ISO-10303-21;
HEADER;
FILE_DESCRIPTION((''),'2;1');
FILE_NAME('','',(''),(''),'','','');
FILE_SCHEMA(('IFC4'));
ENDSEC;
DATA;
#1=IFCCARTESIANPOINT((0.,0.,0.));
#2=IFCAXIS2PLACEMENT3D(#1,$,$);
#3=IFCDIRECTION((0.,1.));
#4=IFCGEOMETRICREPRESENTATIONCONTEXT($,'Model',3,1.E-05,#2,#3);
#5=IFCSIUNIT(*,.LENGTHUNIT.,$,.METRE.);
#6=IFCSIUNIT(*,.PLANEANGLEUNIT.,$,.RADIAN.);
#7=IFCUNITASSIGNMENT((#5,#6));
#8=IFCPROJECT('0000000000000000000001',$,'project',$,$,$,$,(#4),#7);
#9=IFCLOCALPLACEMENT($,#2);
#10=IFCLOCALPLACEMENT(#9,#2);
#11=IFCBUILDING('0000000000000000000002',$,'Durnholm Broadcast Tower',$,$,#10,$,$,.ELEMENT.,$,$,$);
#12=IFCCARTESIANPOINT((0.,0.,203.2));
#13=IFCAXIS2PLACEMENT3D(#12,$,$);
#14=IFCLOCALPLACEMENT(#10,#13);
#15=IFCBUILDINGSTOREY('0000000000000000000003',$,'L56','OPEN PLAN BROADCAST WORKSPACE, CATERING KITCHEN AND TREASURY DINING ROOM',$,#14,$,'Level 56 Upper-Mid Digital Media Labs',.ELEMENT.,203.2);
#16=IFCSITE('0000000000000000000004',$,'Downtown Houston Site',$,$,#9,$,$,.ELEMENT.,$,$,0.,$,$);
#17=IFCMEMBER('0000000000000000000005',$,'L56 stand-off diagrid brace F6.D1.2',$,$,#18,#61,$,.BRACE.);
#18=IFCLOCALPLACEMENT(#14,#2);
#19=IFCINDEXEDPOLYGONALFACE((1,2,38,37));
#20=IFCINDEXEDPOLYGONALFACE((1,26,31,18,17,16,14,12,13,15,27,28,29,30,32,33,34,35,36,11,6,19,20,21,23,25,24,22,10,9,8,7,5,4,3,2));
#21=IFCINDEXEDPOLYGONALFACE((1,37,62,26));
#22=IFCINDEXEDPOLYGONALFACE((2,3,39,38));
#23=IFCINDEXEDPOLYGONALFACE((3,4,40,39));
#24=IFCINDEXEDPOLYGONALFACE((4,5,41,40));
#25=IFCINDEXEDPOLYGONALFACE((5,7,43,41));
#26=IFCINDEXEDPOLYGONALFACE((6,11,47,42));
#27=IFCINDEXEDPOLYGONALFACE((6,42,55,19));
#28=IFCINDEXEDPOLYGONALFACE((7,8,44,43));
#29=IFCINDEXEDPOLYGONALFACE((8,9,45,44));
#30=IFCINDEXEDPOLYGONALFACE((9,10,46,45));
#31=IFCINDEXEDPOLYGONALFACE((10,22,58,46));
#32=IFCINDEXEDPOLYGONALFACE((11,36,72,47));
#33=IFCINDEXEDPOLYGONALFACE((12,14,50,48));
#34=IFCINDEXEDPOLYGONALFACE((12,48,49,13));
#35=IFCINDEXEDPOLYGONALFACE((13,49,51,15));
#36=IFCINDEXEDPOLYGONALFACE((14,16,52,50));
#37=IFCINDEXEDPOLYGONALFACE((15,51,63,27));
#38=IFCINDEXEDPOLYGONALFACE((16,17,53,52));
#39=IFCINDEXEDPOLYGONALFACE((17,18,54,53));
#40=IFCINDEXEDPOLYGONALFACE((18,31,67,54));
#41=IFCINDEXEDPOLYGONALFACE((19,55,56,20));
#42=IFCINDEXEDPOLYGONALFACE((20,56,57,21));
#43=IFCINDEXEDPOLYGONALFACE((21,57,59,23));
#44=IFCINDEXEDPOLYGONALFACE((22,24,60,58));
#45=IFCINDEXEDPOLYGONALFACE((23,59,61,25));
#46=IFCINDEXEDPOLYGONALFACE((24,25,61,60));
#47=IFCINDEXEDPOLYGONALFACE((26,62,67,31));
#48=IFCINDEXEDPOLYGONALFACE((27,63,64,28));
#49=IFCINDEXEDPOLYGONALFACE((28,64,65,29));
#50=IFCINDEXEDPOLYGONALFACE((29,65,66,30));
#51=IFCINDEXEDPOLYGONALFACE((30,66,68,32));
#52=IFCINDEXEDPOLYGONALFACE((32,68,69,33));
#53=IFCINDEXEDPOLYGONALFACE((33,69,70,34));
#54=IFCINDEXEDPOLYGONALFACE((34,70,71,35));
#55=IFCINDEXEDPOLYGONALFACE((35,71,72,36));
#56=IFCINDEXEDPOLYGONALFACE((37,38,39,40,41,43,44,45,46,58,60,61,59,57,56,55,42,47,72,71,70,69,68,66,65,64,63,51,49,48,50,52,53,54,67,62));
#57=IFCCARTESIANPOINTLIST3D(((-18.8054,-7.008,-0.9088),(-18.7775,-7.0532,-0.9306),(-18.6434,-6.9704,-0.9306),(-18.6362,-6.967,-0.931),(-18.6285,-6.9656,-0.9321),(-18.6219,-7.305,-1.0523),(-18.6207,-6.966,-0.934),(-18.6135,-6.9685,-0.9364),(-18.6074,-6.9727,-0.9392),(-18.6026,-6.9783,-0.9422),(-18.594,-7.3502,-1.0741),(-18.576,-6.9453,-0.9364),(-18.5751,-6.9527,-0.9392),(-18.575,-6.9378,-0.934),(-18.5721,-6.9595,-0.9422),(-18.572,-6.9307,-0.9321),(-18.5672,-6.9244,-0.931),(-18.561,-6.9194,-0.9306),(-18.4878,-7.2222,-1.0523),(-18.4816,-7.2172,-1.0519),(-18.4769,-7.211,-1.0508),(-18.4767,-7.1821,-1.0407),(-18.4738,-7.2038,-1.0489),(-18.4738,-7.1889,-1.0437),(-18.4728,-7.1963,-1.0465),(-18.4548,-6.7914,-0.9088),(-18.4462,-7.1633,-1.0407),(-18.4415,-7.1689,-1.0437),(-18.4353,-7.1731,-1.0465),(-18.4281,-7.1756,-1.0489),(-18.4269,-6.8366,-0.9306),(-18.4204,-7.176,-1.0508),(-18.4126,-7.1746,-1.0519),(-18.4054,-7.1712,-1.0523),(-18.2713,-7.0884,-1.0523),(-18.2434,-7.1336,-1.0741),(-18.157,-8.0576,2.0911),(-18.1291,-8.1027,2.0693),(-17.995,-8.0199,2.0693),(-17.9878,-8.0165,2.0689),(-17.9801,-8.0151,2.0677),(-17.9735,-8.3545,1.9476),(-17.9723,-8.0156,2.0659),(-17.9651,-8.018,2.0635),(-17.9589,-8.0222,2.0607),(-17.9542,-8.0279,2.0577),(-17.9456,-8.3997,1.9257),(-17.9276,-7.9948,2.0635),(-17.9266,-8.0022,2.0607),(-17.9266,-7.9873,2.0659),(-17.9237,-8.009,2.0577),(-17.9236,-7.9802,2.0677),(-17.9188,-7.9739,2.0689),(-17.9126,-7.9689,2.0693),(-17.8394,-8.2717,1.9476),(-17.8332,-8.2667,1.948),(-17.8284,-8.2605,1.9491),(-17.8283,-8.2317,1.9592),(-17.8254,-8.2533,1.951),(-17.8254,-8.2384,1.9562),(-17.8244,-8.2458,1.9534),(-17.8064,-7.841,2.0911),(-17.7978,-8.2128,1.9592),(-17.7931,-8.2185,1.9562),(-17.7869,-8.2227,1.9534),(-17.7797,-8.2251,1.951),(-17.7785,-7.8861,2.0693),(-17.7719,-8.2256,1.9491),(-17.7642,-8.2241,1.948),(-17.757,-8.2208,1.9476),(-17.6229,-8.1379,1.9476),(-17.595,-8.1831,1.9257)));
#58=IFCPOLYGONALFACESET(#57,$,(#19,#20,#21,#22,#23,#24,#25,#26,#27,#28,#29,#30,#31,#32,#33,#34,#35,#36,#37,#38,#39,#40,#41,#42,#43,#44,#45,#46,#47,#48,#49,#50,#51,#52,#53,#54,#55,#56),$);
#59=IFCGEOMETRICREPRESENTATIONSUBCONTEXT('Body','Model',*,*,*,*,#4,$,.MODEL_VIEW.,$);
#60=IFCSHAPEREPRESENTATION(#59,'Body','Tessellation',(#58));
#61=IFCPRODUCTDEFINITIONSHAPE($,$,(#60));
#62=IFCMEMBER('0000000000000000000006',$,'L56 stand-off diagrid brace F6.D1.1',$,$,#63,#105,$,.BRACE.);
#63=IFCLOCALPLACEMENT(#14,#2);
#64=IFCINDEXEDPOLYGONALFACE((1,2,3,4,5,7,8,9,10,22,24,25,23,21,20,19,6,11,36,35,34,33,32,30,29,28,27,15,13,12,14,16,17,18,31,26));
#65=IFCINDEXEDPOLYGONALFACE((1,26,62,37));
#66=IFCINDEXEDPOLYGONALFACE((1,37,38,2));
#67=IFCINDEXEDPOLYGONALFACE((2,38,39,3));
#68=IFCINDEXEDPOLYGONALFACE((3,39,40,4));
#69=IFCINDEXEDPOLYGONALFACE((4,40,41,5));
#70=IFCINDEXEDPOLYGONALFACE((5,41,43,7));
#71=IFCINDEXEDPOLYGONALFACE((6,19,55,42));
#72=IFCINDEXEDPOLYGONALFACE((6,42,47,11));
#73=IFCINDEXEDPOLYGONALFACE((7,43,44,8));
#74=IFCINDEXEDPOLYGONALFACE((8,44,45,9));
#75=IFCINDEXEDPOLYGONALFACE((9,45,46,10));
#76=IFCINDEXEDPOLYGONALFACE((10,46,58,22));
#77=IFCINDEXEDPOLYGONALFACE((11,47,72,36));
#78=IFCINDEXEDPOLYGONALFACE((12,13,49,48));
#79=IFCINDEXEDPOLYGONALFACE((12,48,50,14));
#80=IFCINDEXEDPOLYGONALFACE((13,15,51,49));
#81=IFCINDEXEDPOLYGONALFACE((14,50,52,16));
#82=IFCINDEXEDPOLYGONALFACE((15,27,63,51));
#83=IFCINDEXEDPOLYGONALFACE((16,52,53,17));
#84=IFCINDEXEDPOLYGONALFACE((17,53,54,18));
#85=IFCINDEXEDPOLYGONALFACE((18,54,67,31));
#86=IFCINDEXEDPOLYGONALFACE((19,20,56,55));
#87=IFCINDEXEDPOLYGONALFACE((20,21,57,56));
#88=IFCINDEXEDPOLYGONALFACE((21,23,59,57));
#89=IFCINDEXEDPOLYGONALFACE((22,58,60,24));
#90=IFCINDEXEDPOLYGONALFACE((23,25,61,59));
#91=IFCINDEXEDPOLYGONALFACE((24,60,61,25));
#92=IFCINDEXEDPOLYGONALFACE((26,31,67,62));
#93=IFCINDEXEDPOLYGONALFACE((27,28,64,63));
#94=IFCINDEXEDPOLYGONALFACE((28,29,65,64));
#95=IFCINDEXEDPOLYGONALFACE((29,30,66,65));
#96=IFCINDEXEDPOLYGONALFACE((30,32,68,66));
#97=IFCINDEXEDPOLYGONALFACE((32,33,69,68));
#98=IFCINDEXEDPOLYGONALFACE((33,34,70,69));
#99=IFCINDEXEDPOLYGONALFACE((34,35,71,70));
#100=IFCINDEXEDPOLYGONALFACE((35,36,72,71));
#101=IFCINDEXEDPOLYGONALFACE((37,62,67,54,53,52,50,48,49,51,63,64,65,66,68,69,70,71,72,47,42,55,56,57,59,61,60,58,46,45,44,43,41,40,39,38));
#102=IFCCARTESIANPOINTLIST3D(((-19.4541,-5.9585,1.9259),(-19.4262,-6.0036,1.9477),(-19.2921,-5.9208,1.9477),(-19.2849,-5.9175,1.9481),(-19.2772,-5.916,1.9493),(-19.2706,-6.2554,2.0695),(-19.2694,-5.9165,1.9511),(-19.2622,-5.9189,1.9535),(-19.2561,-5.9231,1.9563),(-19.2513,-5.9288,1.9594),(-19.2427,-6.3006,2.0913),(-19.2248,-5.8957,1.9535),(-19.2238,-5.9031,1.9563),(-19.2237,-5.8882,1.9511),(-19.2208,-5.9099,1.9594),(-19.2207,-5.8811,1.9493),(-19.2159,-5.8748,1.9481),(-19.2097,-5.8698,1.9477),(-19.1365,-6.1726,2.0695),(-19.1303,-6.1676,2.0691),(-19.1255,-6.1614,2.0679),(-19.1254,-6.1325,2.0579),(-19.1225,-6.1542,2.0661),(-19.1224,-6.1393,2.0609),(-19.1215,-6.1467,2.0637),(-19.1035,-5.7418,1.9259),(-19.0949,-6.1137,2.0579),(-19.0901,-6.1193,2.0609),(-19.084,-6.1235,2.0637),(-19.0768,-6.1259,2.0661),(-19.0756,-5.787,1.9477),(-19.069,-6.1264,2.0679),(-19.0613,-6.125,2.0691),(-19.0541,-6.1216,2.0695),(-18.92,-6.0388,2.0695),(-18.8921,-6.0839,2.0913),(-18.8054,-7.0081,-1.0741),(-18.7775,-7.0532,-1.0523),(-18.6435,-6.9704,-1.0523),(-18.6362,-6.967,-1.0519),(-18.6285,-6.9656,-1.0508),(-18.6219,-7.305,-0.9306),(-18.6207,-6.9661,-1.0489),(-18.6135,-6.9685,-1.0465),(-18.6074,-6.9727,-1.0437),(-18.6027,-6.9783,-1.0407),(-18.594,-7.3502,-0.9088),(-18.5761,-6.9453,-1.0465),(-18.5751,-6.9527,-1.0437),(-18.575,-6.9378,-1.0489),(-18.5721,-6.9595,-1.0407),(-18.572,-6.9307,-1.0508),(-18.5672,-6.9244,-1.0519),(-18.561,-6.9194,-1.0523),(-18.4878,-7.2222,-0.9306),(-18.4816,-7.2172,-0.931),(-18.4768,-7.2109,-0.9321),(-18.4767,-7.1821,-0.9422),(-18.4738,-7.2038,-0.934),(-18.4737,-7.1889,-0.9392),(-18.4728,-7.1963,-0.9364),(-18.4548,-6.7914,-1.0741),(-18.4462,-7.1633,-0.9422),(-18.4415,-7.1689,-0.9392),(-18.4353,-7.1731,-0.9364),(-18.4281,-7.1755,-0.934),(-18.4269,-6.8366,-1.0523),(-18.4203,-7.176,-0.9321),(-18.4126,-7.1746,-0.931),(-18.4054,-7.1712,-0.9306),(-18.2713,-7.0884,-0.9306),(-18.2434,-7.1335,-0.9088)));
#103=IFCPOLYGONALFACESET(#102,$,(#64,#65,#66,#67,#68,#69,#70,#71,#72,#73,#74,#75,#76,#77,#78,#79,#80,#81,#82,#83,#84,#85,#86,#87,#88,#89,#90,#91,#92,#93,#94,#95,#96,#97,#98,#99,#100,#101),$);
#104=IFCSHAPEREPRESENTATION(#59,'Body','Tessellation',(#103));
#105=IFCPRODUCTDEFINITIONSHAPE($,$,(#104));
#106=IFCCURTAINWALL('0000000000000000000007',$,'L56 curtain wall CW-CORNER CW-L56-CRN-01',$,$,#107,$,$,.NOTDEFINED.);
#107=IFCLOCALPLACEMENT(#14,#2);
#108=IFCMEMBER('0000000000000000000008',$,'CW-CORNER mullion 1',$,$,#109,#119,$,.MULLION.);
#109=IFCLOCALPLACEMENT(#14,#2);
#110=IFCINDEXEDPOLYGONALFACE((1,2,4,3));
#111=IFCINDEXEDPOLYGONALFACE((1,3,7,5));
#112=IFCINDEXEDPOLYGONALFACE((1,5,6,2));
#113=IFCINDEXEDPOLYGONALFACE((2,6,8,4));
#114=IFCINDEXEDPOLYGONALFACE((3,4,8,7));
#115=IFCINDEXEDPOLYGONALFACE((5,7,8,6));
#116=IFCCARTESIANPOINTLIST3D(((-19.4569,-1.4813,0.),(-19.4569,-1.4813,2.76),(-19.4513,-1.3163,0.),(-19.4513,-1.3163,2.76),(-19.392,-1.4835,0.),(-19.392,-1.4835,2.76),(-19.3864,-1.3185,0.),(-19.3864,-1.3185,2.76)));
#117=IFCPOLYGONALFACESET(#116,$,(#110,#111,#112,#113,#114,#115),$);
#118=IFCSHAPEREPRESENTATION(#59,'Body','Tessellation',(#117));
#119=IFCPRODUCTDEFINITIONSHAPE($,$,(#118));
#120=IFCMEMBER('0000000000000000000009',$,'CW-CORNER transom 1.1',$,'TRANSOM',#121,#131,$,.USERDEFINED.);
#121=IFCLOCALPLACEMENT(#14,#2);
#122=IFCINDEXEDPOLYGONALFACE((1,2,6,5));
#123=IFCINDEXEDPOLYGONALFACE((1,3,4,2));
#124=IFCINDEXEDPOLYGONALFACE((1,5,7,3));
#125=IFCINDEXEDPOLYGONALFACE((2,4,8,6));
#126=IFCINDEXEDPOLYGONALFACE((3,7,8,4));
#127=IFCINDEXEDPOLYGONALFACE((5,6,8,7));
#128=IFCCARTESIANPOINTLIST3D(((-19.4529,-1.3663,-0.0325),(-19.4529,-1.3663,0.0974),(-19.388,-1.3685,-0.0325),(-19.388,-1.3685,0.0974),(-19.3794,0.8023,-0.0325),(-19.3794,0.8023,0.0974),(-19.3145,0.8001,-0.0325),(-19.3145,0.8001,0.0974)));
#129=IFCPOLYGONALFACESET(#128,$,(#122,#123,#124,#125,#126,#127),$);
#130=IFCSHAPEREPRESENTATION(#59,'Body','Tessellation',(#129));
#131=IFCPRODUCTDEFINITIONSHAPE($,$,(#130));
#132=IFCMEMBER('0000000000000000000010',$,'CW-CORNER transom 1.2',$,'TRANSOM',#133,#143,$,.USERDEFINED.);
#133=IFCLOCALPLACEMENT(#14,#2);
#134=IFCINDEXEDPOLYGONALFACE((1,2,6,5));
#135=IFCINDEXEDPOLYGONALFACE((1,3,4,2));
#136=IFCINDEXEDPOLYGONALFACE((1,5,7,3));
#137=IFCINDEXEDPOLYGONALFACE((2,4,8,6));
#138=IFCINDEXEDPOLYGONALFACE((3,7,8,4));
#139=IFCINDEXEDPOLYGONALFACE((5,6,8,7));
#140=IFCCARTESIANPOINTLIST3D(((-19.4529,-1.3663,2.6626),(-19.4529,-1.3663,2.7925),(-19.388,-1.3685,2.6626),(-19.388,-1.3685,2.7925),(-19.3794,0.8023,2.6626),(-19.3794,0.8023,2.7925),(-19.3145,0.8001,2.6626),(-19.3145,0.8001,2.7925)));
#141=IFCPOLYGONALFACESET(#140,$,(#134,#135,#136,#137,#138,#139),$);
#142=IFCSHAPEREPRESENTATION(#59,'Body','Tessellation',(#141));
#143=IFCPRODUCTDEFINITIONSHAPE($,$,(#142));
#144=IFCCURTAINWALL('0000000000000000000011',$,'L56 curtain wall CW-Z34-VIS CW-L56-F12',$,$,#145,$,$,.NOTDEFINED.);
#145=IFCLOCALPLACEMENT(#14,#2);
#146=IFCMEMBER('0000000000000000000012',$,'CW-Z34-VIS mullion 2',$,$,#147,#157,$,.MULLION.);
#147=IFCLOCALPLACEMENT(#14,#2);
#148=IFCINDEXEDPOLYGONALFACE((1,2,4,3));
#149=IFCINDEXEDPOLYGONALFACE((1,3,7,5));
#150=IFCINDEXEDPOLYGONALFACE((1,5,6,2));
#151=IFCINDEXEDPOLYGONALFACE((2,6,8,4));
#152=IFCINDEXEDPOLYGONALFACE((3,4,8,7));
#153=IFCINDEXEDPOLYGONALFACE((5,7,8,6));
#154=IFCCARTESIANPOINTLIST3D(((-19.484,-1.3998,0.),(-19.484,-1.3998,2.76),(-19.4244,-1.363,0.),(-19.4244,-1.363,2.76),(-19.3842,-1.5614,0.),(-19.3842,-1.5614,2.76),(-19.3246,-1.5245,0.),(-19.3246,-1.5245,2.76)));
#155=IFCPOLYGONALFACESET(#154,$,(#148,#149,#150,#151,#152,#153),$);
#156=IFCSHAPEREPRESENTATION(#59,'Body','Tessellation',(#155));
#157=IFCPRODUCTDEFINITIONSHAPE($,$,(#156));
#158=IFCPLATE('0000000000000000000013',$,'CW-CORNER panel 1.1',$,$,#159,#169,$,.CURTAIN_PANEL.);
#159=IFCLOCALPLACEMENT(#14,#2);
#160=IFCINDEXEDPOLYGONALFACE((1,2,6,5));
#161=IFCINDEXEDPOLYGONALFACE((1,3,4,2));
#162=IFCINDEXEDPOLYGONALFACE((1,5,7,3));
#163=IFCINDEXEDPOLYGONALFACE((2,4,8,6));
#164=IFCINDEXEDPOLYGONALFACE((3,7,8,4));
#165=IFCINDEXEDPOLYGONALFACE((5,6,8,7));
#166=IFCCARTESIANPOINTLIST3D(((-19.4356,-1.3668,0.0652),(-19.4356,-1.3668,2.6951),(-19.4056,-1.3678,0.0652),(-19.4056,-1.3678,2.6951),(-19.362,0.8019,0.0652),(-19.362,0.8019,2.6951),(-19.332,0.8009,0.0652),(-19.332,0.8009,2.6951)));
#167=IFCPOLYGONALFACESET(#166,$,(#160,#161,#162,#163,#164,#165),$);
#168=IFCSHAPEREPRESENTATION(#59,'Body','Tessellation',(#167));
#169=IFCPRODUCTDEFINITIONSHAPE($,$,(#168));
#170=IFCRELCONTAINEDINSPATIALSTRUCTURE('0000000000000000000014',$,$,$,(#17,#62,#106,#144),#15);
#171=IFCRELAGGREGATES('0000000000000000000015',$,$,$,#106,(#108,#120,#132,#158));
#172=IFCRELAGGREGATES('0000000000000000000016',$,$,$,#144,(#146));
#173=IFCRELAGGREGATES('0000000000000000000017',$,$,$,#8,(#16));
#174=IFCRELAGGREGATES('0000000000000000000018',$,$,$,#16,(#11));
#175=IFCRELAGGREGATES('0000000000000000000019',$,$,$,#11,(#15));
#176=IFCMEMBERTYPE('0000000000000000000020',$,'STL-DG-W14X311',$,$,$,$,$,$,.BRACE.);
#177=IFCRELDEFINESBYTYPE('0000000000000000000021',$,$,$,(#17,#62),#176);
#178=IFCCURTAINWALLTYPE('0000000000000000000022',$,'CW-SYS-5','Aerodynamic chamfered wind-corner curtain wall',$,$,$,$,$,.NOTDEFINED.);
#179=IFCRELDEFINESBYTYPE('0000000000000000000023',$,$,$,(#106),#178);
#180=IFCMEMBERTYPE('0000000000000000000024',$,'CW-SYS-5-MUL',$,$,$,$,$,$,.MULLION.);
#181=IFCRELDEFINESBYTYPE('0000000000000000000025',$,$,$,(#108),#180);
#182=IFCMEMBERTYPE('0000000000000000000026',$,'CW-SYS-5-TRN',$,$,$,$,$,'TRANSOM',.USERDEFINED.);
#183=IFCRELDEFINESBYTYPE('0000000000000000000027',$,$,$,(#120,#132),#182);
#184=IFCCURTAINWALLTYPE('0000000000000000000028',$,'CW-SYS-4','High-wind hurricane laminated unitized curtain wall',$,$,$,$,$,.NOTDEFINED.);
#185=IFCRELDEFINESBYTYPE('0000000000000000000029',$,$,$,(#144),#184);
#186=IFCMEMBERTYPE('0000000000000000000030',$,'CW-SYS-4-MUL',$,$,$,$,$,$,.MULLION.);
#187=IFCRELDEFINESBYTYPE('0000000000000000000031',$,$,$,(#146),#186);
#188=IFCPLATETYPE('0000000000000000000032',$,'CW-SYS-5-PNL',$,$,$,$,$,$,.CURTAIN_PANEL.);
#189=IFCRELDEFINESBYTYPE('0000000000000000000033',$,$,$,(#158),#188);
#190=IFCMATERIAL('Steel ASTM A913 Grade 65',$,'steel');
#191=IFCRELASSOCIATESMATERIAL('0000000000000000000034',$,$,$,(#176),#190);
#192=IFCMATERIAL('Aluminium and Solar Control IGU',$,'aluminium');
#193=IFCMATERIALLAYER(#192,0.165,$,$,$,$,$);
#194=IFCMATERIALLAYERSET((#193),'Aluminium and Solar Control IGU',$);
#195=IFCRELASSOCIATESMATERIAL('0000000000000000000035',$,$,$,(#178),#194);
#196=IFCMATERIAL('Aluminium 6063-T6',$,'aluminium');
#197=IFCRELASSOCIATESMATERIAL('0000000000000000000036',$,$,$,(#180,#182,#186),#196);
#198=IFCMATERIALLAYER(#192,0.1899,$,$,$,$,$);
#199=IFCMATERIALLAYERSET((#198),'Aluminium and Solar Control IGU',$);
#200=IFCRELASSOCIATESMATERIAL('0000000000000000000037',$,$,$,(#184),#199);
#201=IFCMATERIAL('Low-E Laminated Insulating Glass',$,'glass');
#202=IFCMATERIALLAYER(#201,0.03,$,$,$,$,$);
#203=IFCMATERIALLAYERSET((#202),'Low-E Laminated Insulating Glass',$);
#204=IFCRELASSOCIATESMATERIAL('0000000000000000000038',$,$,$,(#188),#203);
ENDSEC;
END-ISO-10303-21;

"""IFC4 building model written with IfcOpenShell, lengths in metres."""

from ifc_helpers import new_model, si_unit, direction, frame, origin, origin_2d, place, context, subcontext, project, spatial, rectangle, i_section, extrude, source, transform, mapped, material, layer, layer_set, material_profile, profile_set, type_object, type_shapes, element, aggregate, save


model = new_model("IFC4")

# Units and contexts
model_context = context("Model", 3, precision=1e-05, world=origin(), true_north=direction((0.0, 1.0)))
body_context = subcontext(model_context, "Body", "Model", "MODEL_VIEW")
ifc_project = project(units=[si_unit("LENGTHUNIT", "METRE"), si_unit("PLANEANGLEUNIT", "RADIAN")], contexts=[model_context])

# Site, building, storey
site_placement = place(None, origin())
site = spatial("IfcSite", under=ifc_project, at=site_placement, Name="Downtown Houston Site", CompositionType="ELEMENT", RefElevation=0.0)
building_placement = place(site_placement, origin())
building = spatial("IfcBuilding", under=site, at=building_placement, Name="Durnholm Broadcast Tower", CompositionType="ELEMENT")
storey_placement = place(building_placement, frame((0.0, 0.0, 203.2)))
storey = spatial("IfcBuildingStorey", under=building, at=storey_placement, Name="L56", Description="OPEN PLAN BROADCAST WORKSPACE, CATERING KITCHEN AND TREASURY DINING ROOM", LongName="Level 56 Upper-Mid Digital Media Labs", CompositionType="ELEMENT", Elevation=203.2)

# Members
ifc_material_1 = material(Name="Steel ASTM A913 Grade 65", Category="steel")
ifc_material_profile_1 = material_profile(ifc_material_1, i_section(OverallWidth=0.4121, OverallDepth=0.4348, WebThickness=0.0359, FlangeThickness=0.0574, FilletRadius=0.0305, at=origin_2d()), Name="W14X311")
ifc_profile_set_1 = profile_set([ifc_material_profile_1], Name="Steel ASTM A913 Grade 65")
member_type_1 = type_object("IfcMemberType", Name="STL-DG-W14X311", PredefinedType="BRACE", material=ifc_profile_set_1)
shared_shape_1 = source(origin(), body_context, "Body", "SweptSolid", [
    extrude(i_section(OverallWidth=0.4121, OverallDepth=0.4348, WebThickness=0.0359, FlangeThickness=0.0574, FilletRadius=0.0305, at=origin_2d()), origin(), (0.0, 0.0, 1.0), 3.2437),
])
member_1_placement = place(storey_placement, frame((-18.5244, -7.0708, -0.9915), z_axis=(0.199902, -0.323562, 0.92485), x_axis=(0.850733, 0.525598, 0.0)))
element("IfcMember", 1, at=member_1_placement, inside=storey, type_object=member_type_1, Name="L56 stand-off diagrid brace F6.D1.2", PredefinedType="BRACE", context=body_context, shape_type="MappedRepresentation", body=[
    mapped(shared_shape_1, transform((0.0, 0.0, 0.0), x_axis=(1.0, 0.0, 0.0), y_axis=(0.0, 1.0, 0.0), z_axis=(0.0, 0.0, 1.0), scale=1.0)),
])
shared_shape_2 = source(origin(), body_context, "Body", "SweptSolid", [
    extrude(i_section(OverallWidth=0.4121, OverallDepth=0.4348, WebThickness=0.0359, FlangeThickness=0.0574, FilletRadius=0.0305, at=origin_2d()), origin(), (0.0, 0.0, 1.0), 3.2439),
])
type_shapes(member_type_1, [shared_shape_1, shared_shape_2])
member_2_placement = place(storey_placement, frame((-18.5244, -7.0708, -0.9915), z_axis=(-0.199975, 0.323557, 0.924836), x_axis=(-0.850644, -0.525741, 0.0)))
element("IfcMember", 2, at=member_2_placement, inside=storey, type_object=member_type_1, Name="L56 stand-off diagrid brace F6.D1.1", PredefinedType="BRACE", context=body_context, shape_type="MappedRepresentation", body=[
    mapped(shared_shape_2, transform((0.0, 0.0, 0.0), x_axis=(1.0, 0.0, 0.0), y_axis=(0.0, 1.0, 0.0), z_axis=(0.0, 0.0, 1.0), scale=1.0)),
])

# Curtain wall, members
ifc_material_2 = material(Name="Aluminium and Solar Control IGU", Category="aluminium")
ifc_layer_1 = layer(ifc_material_2, 0.165)
ifc_layer_set_1 = layer_set([ifc_layer_1], Name="Aluminium and Solar Control IGU")
curtain_wall_type_1 = type_object("IfcCurtainWallType", Name="CW-SYS-5", Description="Aerodynamic chamfered wind-corner curtain wall", PredefinedType="NOTDEFINED", material=ifc_layer_set_1)
curtain_wall_1_placement = place(storey_placement, origin())
curtain_wall_1 = element("IfcCurtainWall", 3, at=curtain_wall_1_placement, inside=storey, type_object=curtain_wall_type_1, Name="L56 curtain wall CW-CORNER CW-L56-CRN-01", PredefinedType="NOTDEFINED")
ifc_material_3 = material(Name="Aluminium 6063-T6", Category="aluminium")
ifc_material_profile_2 = material_profile(ifc_material_3, rectangle(XDim=0.0649, YDim=0.165, at=origin_2d()), Name="CWM65X165")
ifc_profile_set_2 = profile_set([ifc_material_profile_2], Name="Aluminium 6063-T6")
member_type_2 = type_object("IfcMemberType", Name="CW-SYS-5-MUL", PredefinedType="MULLION", material=ifc_profile_set_2)
shared_shape_3 = source(origin(), body_context, "Body", "SweptSolid", [
    extrude(rectangle(XDim=0.0649, YDim=0.165, at=origin_2d()), origin(), (0.0, 0.0, 1.0), 2.76),
])
type_shapes(member_type_2, [shared_shape_3])
member_3_placement = place(storey_placement, frame((-19.4216, -1.3999, 0.0), z_axis=(0.0, 0.0, 1.0), x_axis=(-0.999425, 0.033913, 0.0)))
member_3 = element("IfcMember", 4, at=member_3_placement, type_object=member_type_2, Name="CW-CORNER mullion 1", PredefinedType="MULLION", context=body_context, shape_type="MappedRepresentation", body=[
    mapped(shared_shape_3, transform((0.0, 0.0, 0.0), x_axis=(1.0, 0.0, 0.0), y_axis=(0.0, 1.0, 0.0), z_axis=(0.0, 0.0, 1.0), scale=1.0)),
])
ifc_material_profile_3 = material_profile(ifc_material_3, rectangle(XDim=0.0649, YDim=0.1299, at=origin_2d()), Name="CWT65X130")
ifc_profile_set_3 = profile_set([ifc_material_profile_3], Name="Aluminium 6063-T6")
member_type_3 = type_object("IfcMemberType", Name="CW-SYS-5-TRN", ElementType="TRANSOM", PredefinedType="USERDEFINED", material=ifc_profile_set_3)
shared_shape_4 = source(origin(), body_context, "Body", "SweptSolid", [
    extrude(rectangle(XDim=0.0649, YDim=0.1299, at=origin_2d()), origin(), (0.0, 0.0, 1.0), 2.1699),
])
type_shapes(member_type_3, [shared_shape_4])
member_4_placement = place(storey_placement, frame((-19.4204, -1.3674, 0.0325), z_axis=(0.033866, 0.999426, 0.0), x_axis=(-0.999426, 0.033866, 0.0)))
member_4 = element("IfcMember", 5, at=member_4_placement, type_object=member_type_3, Name="CW-CORNER transom 1.1", ObjectType="TRANSOM", PredefinedType="USERDEFINED", context=body_context, shape_type="MappedRepresentation", body=[
    mapped(shared_shape_4, transform((0.0, 0.0, 0.0), x_axis=(1.0, 0.0, 0.0), y_axis=(0.0, 1.0, 0.0), z_axis=(0.0, 0.0, 1.0), scale=1.0)),
])
member_5_placement = place(storey_placement, frame((-19.4204, -1.3674, 2.7275), z_axis=(0.033866, 0.999426, 0.0), x_axis=(-0.999426, 0.033866, 0.0)))
member_5 = element("IfcMember", 6, at=member_5_placement, type_object=member_type_3, Name="CW-CORNER transom 1.2", ObjectType="TRANSOM", PredefinedType="USERDEFINED", context=body_context, shape_type="MappedRepresentation", body=[
    mapped(shared_shape_4, transform((0.0, 0.0, 0.0), x_axis=(1.0, 0.0, 0.0), y_axis=(0.0, 1.0, 0.0), z_axis=(0.0, 0.0, 1.0), scale=1.0)),
])

# Curtain wall, member
ifc_layer_2 = layer(ifc_material_2, 0.1899)
ifc_layer_set_2 = layer_set([ifc_layer_2], Name="Aluminium and Solar Control IGU")
curtain_wall_type_2 = type_object("IfcCurtainWallType", Name="CW-SYS-4", Description="High-wind hurricane laminated unitized curtain wall", PredefinedType="NOTDEFINED", material=ifc_layer_set_2)
curtain_wall_2_placement = place(storey_placement, origin())
curtain_wall_2 = element("IfcCurtainWall", 7, at=curtain_wall_2_placement, inside=storey, type_object=curtain_wall_type_2, Name="L56 curtain wall CW-Z34-VIS CW-L56-F12", PredefinedType="NOTDEFINED")
ifc_material_profile_4 = material_profile(ifc_material_3, rectangle(XDim=0.0701, YDim=0.1899, at=origin_2d()), Name="CWM70X190")
ifc_profile_set_4 = profile_set([ifc_material_profile_4], Name="Aluminium 6063-T6")
member_type_4 = type_object("IfcMemberType", Name="CW-SYS-4-MUL", PredefinedType="MULLION", material=ifc_profile_set_4)
shared_shape_5 = source(origin(), body_context, "Body", "SweptSolid", [
    extrude(rectangle(XDim=0.0701, YDim=0.1899, at=origin_2d()), origin(), (0.0, 0.0, 1.0), 2.76),
])
type_shapes(member_type_4, [shared_shape_5])
member_6_placement = place(storey_placement, frame((-19.4043, -1.4622, 0.0), z_axis=(0.0, 0.0, 1.0), x_axis=(-0.850671, -0.525698, 0.0)))
member_6 = element("IfcMember", 8, at=member_6_placement, type_object=member_type_4, Name="CW-Z34-VIS mullion 2", PredefinedType="MULLION", context=body_context, shape_type="MappedRepresentation", body=[
    mapped(shared_shape_5, transform((0.0, 0.0, 0.0), x_axis=(1.0, 0.0, 0.0), y_axis=(0.0, 1.0, 0.0), z_axis=(0.0, 0.0, 1.0), scale=1.0)),
])

# Plate
ifc_material_4 = material(Name="Low-E Laminated Insulating Glass", Category="glass")
ifc_layer_3 = layer(ifc_material_4, 0.03)
ifc_layer_set_3 = layer_set([ifc_layer_3], Name="Low-E Laminated Insulating Glass")
plate_type_1 = type_object("IfcPlateType", Name="CW-SYS-5-PNL", PredefinedType="CURTAIN_PANEL", material=ifc_layer_set_3)
shared_shape_6 = source(origin(), body_context, "Body", "SweptSolid", [
    extrude(rectangle(XDim=2.1699, YDim=0.03, at=origin_2d()), origin(), (0.0, 0.0, 1.0), 2.6299),
])
type_shapes(plate_type_1, [shared_shape_6])
plate_1_placement = place(storey_placement, frame((-19.3838, -0.283, 0.0652), z_axis=(0.0, 0.0, 1.0), x_axis=(0.033913, 0.999425, 0.0)))
plate_1 = element("IfcPlate", 9, at=plate_1_placement, type_object=plate_type_1, Name="CW-CORNER panel 1.1", PredefinedType="CURTAIN_PANEL", context=body_context, shape_type="MappedRepresentation", body=[
    mapped(shared_shape_6, transform((0.0, 0.0, 0.0), x_axis=(1.0, 0.0, 0.0), y_axis=(0.0, 1.0, 0.0), z_axis=(0.0, 0.0, 1.0), scale=1.0)),
])
aggregate(curtain_wall_1, [member_3, member_4, member_5, plate_1])
aggregate(curtain_wall_2, [member_6])

save(model, "model.ifc")
